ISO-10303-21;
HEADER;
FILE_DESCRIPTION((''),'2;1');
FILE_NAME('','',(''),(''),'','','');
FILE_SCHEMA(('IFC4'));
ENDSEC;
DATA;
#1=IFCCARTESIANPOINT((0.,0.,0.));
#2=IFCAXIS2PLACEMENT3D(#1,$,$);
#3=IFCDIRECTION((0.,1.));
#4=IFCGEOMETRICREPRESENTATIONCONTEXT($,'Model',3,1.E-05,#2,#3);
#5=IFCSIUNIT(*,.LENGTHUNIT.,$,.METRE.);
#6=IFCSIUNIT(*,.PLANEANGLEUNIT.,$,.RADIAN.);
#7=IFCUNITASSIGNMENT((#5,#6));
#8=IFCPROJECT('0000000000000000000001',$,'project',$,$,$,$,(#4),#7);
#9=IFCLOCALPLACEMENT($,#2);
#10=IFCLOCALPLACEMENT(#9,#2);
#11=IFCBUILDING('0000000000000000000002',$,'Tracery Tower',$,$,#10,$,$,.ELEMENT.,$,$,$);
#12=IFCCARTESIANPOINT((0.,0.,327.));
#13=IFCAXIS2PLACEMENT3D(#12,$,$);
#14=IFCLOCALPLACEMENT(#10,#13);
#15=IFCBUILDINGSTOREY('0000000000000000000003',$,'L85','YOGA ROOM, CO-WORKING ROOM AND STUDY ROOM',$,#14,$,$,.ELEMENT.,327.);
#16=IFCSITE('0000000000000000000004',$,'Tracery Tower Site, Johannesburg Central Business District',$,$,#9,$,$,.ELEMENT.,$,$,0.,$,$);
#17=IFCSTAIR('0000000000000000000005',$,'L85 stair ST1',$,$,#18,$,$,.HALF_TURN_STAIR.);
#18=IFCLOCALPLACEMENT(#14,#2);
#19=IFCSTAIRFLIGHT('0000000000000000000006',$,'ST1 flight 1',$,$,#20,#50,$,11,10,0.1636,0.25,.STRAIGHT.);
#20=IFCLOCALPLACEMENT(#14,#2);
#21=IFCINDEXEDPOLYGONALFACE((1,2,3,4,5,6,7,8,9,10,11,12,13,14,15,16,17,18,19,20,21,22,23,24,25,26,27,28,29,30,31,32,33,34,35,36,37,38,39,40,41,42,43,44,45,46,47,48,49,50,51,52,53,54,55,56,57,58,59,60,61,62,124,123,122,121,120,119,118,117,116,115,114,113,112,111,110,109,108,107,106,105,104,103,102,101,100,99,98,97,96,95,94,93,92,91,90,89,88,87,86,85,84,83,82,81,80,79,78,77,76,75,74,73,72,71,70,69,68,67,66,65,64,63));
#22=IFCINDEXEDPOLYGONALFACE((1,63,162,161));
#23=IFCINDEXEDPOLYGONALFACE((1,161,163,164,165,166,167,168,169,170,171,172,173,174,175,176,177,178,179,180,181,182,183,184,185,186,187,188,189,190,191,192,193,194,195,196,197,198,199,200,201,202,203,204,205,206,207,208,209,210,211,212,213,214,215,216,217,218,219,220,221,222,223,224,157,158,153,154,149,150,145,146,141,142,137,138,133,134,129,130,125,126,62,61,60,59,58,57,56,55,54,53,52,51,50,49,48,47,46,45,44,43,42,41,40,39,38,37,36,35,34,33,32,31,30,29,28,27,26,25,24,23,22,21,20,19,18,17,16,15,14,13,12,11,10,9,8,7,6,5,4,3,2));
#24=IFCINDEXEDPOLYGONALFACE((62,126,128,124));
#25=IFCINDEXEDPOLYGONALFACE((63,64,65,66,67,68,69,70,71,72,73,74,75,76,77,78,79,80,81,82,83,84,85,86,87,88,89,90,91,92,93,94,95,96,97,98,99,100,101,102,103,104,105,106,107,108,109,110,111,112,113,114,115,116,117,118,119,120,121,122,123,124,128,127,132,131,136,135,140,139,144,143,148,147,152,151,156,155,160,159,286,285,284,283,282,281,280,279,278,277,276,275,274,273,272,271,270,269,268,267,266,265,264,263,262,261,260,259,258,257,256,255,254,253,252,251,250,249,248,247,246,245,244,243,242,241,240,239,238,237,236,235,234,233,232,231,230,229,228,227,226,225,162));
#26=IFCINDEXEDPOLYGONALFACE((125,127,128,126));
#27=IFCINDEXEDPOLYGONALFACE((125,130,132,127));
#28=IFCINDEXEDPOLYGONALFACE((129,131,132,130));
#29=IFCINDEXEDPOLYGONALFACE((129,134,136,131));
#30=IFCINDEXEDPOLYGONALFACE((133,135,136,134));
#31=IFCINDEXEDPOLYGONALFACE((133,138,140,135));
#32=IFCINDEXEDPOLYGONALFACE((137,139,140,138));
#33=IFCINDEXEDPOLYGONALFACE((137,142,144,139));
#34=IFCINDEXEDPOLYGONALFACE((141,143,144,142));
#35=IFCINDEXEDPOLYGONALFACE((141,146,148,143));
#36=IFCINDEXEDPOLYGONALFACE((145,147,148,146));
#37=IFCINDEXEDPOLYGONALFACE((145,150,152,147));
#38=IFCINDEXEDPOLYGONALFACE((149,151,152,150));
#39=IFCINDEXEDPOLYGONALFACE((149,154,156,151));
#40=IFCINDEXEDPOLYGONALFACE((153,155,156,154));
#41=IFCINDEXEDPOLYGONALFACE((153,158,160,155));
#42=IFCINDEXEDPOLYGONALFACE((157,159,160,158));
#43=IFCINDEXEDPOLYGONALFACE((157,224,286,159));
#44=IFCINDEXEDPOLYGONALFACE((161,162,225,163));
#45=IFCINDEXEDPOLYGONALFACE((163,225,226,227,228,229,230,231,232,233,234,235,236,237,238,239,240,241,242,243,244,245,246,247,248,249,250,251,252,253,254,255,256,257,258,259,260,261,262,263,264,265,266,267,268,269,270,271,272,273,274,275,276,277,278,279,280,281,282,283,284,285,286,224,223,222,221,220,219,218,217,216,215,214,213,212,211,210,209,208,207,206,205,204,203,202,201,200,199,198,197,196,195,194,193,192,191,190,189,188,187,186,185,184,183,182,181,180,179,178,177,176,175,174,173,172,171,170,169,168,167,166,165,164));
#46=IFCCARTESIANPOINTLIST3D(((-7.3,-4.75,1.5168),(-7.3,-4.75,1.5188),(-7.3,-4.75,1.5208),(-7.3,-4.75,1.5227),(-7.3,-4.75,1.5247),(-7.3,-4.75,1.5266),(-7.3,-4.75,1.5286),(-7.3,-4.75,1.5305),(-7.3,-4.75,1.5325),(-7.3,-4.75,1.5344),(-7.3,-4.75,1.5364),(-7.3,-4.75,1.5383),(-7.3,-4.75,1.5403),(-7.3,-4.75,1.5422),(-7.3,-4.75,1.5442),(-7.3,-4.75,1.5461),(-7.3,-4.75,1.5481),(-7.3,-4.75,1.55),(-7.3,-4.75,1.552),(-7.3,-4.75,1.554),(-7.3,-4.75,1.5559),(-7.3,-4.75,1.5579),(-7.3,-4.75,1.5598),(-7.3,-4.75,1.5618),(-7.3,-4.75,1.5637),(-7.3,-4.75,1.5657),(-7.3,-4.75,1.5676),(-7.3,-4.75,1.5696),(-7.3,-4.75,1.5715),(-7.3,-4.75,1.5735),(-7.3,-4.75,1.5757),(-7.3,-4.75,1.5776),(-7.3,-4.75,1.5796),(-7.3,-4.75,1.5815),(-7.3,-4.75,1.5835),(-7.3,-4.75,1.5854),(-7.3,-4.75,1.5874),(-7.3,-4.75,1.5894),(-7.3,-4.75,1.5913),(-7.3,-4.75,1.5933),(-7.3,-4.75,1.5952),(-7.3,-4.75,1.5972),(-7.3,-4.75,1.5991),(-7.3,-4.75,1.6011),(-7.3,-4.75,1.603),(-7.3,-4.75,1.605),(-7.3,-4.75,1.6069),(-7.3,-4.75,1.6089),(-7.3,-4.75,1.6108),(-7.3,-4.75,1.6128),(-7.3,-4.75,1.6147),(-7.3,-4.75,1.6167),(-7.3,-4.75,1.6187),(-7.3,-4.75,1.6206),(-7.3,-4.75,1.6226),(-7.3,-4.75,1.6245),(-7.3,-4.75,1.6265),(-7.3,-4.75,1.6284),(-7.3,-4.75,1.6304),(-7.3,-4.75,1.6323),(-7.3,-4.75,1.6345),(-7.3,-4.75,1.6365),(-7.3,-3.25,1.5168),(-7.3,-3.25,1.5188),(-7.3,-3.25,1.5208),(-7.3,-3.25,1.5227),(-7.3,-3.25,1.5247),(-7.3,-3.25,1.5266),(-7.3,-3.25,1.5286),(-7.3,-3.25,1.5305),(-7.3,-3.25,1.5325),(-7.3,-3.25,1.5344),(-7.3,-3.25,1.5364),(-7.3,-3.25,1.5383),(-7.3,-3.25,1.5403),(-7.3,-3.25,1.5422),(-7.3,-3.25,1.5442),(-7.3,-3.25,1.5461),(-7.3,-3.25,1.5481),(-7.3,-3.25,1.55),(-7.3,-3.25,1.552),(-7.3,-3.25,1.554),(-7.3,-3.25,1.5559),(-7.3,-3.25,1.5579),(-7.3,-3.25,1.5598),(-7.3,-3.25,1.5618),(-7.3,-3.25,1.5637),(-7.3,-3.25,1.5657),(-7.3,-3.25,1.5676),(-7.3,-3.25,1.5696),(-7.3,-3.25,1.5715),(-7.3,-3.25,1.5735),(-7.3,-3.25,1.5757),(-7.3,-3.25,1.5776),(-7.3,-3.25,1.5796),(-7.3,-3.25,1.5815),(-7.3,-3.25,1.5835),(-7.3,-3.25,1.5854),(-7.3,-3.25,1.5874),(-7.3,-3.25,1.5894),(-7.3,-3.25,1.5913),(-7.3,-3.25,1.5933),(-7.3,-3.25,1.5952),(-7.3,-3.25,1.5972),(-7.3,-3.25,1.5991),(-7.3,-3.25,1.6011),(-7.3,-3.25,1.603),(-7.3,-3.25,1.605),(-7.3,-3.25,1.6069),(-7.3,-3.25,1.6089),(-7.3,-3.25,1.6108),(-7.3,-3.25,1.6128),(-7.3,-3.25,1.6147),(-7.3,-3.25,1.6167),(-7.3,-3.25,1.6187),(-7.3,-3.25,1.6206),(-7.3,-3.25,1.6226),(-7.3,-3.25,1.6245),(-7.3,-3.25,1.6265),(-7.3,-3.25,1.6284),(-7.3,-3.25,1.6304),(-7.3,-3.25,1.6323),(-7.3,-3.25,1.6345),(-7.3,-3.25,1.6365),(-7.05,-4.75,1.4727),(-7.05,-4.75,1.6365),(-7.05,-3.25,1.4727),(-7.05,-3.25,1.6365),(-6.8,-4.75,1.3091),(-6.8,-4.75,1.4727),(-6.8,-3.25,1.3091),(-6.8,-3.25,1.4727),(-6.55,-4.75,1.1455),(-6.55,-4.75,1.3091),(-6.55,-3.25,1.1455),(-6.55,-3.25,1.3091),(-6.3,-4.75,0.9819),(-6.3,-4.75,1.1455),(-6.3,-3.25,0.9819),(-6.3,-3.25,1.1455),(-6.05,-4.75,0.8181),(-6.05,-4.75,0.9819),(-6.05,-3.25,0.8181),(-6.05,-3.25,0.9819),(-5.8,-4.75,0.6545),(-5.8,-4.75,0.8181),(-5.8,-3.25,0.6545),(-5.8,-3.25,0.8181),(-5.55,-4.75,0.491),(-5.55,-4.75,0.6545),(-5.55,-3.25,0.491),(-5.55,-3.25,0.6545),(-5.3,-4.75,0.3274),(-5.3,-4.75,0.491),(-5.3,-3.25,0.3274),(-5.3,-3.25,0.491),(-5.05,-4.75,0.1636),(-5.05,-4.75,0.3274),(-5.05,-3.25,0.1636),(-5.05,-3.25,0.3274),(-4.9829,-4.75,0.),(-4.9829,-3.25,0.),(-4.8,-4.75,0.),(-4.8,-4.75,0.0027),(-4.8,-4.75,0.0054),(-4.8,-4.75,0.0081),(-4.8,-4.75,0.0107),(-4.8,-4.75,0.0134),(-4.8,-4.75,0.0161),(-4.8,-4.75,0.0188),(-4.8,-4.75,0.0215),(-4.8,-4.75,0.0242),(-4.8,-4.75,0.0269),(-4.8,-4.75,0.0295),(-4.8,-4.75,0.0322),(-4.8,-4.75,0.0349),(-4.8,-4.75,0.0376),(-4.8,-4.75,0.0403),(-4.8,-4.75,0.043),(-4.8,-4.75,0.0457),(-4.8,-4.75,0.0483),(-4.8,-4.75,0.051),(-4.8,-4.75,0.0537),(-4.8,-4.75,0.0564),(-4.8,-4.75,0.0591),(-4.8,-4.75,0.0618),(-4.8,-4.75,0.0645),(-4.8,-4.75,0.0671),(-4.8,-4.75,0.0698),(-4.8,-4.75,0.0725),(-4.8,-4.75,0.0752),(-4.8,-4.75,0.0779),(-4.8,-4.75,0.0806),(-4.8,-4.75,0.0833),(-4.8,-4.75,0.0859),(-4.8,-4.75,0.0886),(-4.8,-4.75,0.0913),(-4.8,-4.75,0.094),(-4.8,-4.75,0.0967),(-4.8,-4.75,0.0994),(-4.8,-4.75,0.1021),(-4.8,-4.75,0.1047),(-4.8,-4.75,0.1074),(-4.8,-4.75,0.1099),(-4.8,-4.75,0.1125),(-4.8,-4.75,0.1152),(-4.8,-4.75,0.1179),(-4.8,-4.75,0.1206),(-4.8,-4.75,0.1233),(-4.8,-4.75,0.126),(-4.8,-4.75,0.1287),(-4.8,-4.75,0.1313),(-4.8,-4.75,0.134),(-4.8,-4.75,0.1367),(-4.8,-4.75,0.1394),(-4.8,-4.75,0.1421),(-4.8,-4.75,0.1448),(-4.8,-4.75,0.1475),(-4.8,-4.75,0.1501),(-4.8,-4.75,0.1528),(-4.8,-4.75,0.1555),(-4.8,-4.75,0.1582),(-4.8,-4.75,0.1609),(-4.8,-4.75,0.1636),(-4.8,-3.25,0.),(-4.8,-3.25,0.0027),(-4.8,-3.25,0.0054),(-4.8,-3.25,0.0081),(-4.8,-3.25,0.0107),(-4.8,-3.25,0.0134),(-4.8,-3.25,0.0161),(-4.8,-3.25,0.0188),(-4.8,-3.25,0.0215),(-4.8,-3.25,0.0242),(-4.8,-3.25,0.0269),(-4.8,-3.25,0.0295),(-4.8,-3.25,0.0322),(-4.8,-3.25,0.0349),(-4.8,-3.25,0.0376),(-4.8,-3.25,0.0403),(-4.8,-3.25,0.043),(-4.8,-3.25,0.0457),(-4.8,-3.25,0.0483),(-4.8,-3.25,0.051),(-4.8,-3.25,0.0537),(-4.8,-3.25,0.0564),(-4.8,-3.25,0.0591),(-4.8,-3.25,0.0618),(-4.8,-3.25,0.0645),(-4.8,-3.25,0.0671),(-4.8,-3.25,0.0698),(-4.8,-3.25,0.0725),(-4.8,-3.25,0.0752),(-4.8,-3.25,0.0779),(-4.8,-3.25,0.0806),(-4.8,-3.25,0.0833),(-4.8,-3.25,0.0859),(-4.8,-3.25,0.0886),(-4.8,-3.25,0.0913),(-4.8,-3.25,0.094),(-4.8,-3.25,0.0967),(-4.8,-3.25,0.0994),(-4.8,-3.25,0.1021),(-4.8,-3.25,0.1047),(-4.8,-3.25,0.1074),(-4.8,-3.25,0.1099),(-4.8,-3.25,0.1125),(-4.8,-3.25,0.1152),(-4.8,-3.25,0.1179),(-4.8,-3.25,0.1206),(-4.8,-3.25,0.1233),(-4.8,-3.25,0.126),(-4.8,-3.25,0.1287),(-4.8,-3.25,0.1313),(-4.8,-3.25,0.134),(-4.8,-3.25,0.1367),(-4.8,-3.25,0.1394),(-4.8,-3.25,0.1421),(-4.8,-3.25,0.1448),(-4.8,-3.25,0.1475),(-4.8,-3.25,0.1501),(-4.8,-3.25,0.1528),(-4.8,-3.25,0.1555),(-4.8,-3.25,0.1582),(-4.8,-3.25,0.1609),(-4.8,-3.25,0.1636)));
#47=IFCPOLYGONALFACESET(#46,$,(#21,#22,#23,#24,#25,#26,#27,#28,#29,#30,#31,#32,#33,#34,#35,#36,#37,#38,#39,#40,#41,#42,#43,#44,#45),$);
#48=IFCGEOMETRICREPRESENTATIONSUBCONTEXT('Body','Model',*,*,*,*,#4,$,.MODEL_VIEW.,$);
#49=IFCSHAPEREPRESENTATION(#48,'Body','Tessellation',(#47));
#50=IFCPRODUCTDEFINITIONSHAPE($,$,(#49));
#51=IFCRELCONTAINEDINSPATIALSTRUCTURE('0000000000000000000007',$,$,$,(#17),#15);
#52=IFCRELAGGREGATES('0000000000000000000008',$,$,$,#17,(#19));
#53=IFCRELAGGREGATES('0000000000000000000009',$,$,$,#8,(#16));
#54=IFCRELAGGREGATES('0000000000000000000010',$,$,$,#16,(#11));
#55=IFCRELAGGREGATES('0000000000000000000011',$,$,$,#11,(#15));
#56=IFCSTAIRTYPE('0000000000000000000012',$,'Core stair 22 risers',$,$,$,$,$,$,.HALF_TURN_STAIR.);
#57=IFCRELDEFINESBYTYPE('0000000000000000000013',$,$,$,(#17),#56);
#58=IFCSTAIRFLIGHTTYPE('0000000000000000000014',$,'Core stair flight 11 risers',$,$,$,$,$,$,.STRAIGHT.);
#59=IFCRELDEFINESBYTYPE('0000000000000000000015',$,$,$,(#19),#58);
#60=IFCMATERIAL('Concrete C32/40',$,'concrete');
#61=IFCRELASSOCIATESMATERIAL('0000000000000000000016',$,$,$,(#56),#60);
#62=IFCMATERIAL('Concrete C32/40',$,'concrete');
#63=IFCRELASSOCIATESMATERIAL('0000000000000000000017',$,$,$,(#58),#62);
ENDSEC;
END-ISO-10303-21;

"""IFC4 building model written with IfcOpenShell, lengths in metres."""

from ifc_helpers import new_model, si_unit, direction, frame, origin, place, context, subcontext, project, spatial, polyline, outline, extrude, material, type_object, element, aggregate, save


model = new_model("IFC4")

# Units and contexts
model_context = context("Model", 3, precision=1e-05, world=origin(), true_north=direction((0.0, 1.0)))
body_context = subcontext(model_context, "Body", "Model", "MODEL_VIEW")
ifc_project = project(units=[si_unit("LENGTHUNIT", "METRE"), si_unit("PLANEANGLEUNIT", "RADIAN")], contexts=[model_context])

# Site, building, storey
site_placement = place(None, origin())
site = spatial("IfcSite", under=ifc_project, at=site_placement, Name="Tracery Tower Site, Johannesburg Central Business District", CompositionType="ELEMENT", RefElevation=0.0)
building_placement = place(site_placement, origin())
building = spatial("IfcBuilding", under=site, at=building_placement, Name="Tracery Tower", CompositionType="ELEMENT")
storey_placement = place(building_placement, frame((0.0, 0.0, 327.0)))
storey = spatial("IfcBuildingStorey", under=building, at=storey_placement, Name="L85", Description="YOGA ROOM, CO-WORKING ROOM AND STUDY ROOM", CompositionType="ELEMENT", Elevation=327.0)

# Stair, stair flight
ifc_material_1 = material(Name="Concrete C32/40", Category="concrete")
stair_type = type_object("IfcStairType", Name="Core stair 22 risers", PredefinedType="HALF_TURN_STAIR", material=ifc_material_1)
stair_placement = place(storey_placement, origin())
stair = element("IfcStair", 1, at=stair_placement, inside=storey, type_object=stair_type, Name="L85 stair ST1", PredefinedType="HALF_TURN_STAIR")
ifc_material_2 = material(Name="Concrete C32/40", Category="concrete")
stair_flight_type = type_object("IfcStairFlightType", Name="Core stair flight 11 risers", PredefinedType="STRAIGHT", material=ifc_material_2)
stair_flight_1_placement = place(storey_placement, frame((-4.8, -4.0, 0.0), z_axis=(0.0, 0.0, 1.0), x_axis=(-1.0, 0.0, 0.0)))
stair_flight_1 = element("IfcStairFlight", 2, at=stair_flight_1_placement, type_object=stair_flight_type, Name="ST1 flight 1", NumberOfRisers=11, NumberOfTreads=10, PredefinedType="STRAIGHT", RiserHeight=0.1636, TreadLength=0.25, context=body_context, shape_type="SweptSolid", body=[
    extrude(outline(polyline([(0.0, 0.0), (0.0, 0.0027), (0.0, 0.0054), (0.0, 0.0081), (0.0, 0.0107), (0.0, 0.0134), (0.0, 0.0161), (0.0, 0.0188), (0.0, 0.0215), (0.0, 0.0242), (0.0, 0.0269), (0.0, 0.0295), (0.0, 0.0322), (0.0, 0.0349), (0.0, 0.0376), (0.0, 0.0403), (0.0, 0.043), (0.0, 0.0457), (0.0, 0.0483), (0.0, 0.051), (0.0, 0.0537), (0.0, 0.0564), (0.0, 0.0591), (0.0, 0.0618), (0.0, 0.0645), (0.0, 0.0671), (0.0, 0.0698), (0.0, 0.0725), (0.0, 0.0752), (0.0, 0.0779), (0.0, 0.0806), (0.0, 0.0833), (0.0, 0.0859), (0.0, 0.0886), (0.0, 0.0913), (0.0, 0.094), (0.0, 0.0967), (0.0, 0.0994), (0.0, 0.1021), (0.0, 0.1047), (0.0, 0.1074), (0.0, 0.1099), (0.0, 0.1125), (0.0, 0.1152), (0.0, 0.1179), (0.0, 0.1206), (0.0, 0.1233), (0.0, 0.126), (0.0, 0.1287), (0.0, 0.1313), (0.0, 0.134), (0.0, 0.1367), (0.0, 0.1394), (0.0, 0.1421), (0.0, 0.1448), (0.0, 0.1475), (0.0, 0.1501), (0.0, 0.1528), (0.0, 0.1555), (0.0, 0.1582), (0.0, 0.1609), (0.0, 0.1636), (0.25, 0.1636), (0.25, 0.3274), (0.5, 0.3274), (0.5, 0.491), (0.75, 0.491), (0.75, 0.6545), (1.0, 0.6545), (1.0, 0.8181), (1.25, 0.8181), (1.25, 0.9819), (1.5, 0.9819), (1.5, 1.1455), (1.75, 1.1455), (1.75, 1.3091), (2.0, 1.3091), (2.0, 1.4727), (2.25, 1.4727), (2.25, 1.6365), (2.5, 1.6365), (2.5, 1.6345), (2.5, 1.6323), (2.5, 1.6304), (2.5, 1.6284), (2.5, 1.6265), (2.5, 1.6245), (2.5, 1.6226), (2.5, 1.6206), (2.5, 1.6187), (2.5, 1.6167), (2.5, 1.6147), (2.5, 1.6128), (2.5, 1.6108), (2.5, 1.6089), (2.5, 1.6069), (2.5, 1.605), (2.5, 1.603), (2.5, 1.6011), (2.5, 1.5991), (2.5, 1.5972), (2.5, 1.5952), (2.5, 1.5933), (2.5, 1.5913), (2.5, 1.5894), (2.5, 1.5874), (2.5, 1.5854), (2.5, 1.5835), (2.5, 1.5815), (2.5, 1.5796), (2.5, 1.5776), (2.5, 1.5757), (2.5, 1.5735), (2.5, 1.5715), (2.5, 1.5696), (2.5, 1.5676), (2.5, 1.5657), (2.5, 1.5637), (2.5, 1.5618), (2.5, 1.5598), (2.5, 1.5579), (2.5, 1.5559), (2.5, 1.554), (2.5, 1.552), (2.5, 1.55), (2.5, 1.5481), (2.5, 1.5461), (2.5, 1.5442), (2.5, 1.5422), (2.5, 1.5403), (2.5, 1.5383), (2.5, 1.5364), (2.5, 1.5344), (2.5, 1.5325), (2.5, 1.5305), (2.5, 1.5286), (2.5, 1.5266), (2.5, 1.5247), (2.5, 1.5227), (2.5, 1.5208), (2.5, 1.5188), (2.5, 1.5168), (0.1829, 0.0), (0.0, 0.0)])), frame((0.0, 0.75, 0.0), z_axis=(0.0, -1.0, 0.0), x_axis=(1.0, 0.0, 0.0)), (0.0, 0.0, 1.0), 1.5),
])
aggregate(stair, [stair_flight_1])

save(model, "model.ifc")
